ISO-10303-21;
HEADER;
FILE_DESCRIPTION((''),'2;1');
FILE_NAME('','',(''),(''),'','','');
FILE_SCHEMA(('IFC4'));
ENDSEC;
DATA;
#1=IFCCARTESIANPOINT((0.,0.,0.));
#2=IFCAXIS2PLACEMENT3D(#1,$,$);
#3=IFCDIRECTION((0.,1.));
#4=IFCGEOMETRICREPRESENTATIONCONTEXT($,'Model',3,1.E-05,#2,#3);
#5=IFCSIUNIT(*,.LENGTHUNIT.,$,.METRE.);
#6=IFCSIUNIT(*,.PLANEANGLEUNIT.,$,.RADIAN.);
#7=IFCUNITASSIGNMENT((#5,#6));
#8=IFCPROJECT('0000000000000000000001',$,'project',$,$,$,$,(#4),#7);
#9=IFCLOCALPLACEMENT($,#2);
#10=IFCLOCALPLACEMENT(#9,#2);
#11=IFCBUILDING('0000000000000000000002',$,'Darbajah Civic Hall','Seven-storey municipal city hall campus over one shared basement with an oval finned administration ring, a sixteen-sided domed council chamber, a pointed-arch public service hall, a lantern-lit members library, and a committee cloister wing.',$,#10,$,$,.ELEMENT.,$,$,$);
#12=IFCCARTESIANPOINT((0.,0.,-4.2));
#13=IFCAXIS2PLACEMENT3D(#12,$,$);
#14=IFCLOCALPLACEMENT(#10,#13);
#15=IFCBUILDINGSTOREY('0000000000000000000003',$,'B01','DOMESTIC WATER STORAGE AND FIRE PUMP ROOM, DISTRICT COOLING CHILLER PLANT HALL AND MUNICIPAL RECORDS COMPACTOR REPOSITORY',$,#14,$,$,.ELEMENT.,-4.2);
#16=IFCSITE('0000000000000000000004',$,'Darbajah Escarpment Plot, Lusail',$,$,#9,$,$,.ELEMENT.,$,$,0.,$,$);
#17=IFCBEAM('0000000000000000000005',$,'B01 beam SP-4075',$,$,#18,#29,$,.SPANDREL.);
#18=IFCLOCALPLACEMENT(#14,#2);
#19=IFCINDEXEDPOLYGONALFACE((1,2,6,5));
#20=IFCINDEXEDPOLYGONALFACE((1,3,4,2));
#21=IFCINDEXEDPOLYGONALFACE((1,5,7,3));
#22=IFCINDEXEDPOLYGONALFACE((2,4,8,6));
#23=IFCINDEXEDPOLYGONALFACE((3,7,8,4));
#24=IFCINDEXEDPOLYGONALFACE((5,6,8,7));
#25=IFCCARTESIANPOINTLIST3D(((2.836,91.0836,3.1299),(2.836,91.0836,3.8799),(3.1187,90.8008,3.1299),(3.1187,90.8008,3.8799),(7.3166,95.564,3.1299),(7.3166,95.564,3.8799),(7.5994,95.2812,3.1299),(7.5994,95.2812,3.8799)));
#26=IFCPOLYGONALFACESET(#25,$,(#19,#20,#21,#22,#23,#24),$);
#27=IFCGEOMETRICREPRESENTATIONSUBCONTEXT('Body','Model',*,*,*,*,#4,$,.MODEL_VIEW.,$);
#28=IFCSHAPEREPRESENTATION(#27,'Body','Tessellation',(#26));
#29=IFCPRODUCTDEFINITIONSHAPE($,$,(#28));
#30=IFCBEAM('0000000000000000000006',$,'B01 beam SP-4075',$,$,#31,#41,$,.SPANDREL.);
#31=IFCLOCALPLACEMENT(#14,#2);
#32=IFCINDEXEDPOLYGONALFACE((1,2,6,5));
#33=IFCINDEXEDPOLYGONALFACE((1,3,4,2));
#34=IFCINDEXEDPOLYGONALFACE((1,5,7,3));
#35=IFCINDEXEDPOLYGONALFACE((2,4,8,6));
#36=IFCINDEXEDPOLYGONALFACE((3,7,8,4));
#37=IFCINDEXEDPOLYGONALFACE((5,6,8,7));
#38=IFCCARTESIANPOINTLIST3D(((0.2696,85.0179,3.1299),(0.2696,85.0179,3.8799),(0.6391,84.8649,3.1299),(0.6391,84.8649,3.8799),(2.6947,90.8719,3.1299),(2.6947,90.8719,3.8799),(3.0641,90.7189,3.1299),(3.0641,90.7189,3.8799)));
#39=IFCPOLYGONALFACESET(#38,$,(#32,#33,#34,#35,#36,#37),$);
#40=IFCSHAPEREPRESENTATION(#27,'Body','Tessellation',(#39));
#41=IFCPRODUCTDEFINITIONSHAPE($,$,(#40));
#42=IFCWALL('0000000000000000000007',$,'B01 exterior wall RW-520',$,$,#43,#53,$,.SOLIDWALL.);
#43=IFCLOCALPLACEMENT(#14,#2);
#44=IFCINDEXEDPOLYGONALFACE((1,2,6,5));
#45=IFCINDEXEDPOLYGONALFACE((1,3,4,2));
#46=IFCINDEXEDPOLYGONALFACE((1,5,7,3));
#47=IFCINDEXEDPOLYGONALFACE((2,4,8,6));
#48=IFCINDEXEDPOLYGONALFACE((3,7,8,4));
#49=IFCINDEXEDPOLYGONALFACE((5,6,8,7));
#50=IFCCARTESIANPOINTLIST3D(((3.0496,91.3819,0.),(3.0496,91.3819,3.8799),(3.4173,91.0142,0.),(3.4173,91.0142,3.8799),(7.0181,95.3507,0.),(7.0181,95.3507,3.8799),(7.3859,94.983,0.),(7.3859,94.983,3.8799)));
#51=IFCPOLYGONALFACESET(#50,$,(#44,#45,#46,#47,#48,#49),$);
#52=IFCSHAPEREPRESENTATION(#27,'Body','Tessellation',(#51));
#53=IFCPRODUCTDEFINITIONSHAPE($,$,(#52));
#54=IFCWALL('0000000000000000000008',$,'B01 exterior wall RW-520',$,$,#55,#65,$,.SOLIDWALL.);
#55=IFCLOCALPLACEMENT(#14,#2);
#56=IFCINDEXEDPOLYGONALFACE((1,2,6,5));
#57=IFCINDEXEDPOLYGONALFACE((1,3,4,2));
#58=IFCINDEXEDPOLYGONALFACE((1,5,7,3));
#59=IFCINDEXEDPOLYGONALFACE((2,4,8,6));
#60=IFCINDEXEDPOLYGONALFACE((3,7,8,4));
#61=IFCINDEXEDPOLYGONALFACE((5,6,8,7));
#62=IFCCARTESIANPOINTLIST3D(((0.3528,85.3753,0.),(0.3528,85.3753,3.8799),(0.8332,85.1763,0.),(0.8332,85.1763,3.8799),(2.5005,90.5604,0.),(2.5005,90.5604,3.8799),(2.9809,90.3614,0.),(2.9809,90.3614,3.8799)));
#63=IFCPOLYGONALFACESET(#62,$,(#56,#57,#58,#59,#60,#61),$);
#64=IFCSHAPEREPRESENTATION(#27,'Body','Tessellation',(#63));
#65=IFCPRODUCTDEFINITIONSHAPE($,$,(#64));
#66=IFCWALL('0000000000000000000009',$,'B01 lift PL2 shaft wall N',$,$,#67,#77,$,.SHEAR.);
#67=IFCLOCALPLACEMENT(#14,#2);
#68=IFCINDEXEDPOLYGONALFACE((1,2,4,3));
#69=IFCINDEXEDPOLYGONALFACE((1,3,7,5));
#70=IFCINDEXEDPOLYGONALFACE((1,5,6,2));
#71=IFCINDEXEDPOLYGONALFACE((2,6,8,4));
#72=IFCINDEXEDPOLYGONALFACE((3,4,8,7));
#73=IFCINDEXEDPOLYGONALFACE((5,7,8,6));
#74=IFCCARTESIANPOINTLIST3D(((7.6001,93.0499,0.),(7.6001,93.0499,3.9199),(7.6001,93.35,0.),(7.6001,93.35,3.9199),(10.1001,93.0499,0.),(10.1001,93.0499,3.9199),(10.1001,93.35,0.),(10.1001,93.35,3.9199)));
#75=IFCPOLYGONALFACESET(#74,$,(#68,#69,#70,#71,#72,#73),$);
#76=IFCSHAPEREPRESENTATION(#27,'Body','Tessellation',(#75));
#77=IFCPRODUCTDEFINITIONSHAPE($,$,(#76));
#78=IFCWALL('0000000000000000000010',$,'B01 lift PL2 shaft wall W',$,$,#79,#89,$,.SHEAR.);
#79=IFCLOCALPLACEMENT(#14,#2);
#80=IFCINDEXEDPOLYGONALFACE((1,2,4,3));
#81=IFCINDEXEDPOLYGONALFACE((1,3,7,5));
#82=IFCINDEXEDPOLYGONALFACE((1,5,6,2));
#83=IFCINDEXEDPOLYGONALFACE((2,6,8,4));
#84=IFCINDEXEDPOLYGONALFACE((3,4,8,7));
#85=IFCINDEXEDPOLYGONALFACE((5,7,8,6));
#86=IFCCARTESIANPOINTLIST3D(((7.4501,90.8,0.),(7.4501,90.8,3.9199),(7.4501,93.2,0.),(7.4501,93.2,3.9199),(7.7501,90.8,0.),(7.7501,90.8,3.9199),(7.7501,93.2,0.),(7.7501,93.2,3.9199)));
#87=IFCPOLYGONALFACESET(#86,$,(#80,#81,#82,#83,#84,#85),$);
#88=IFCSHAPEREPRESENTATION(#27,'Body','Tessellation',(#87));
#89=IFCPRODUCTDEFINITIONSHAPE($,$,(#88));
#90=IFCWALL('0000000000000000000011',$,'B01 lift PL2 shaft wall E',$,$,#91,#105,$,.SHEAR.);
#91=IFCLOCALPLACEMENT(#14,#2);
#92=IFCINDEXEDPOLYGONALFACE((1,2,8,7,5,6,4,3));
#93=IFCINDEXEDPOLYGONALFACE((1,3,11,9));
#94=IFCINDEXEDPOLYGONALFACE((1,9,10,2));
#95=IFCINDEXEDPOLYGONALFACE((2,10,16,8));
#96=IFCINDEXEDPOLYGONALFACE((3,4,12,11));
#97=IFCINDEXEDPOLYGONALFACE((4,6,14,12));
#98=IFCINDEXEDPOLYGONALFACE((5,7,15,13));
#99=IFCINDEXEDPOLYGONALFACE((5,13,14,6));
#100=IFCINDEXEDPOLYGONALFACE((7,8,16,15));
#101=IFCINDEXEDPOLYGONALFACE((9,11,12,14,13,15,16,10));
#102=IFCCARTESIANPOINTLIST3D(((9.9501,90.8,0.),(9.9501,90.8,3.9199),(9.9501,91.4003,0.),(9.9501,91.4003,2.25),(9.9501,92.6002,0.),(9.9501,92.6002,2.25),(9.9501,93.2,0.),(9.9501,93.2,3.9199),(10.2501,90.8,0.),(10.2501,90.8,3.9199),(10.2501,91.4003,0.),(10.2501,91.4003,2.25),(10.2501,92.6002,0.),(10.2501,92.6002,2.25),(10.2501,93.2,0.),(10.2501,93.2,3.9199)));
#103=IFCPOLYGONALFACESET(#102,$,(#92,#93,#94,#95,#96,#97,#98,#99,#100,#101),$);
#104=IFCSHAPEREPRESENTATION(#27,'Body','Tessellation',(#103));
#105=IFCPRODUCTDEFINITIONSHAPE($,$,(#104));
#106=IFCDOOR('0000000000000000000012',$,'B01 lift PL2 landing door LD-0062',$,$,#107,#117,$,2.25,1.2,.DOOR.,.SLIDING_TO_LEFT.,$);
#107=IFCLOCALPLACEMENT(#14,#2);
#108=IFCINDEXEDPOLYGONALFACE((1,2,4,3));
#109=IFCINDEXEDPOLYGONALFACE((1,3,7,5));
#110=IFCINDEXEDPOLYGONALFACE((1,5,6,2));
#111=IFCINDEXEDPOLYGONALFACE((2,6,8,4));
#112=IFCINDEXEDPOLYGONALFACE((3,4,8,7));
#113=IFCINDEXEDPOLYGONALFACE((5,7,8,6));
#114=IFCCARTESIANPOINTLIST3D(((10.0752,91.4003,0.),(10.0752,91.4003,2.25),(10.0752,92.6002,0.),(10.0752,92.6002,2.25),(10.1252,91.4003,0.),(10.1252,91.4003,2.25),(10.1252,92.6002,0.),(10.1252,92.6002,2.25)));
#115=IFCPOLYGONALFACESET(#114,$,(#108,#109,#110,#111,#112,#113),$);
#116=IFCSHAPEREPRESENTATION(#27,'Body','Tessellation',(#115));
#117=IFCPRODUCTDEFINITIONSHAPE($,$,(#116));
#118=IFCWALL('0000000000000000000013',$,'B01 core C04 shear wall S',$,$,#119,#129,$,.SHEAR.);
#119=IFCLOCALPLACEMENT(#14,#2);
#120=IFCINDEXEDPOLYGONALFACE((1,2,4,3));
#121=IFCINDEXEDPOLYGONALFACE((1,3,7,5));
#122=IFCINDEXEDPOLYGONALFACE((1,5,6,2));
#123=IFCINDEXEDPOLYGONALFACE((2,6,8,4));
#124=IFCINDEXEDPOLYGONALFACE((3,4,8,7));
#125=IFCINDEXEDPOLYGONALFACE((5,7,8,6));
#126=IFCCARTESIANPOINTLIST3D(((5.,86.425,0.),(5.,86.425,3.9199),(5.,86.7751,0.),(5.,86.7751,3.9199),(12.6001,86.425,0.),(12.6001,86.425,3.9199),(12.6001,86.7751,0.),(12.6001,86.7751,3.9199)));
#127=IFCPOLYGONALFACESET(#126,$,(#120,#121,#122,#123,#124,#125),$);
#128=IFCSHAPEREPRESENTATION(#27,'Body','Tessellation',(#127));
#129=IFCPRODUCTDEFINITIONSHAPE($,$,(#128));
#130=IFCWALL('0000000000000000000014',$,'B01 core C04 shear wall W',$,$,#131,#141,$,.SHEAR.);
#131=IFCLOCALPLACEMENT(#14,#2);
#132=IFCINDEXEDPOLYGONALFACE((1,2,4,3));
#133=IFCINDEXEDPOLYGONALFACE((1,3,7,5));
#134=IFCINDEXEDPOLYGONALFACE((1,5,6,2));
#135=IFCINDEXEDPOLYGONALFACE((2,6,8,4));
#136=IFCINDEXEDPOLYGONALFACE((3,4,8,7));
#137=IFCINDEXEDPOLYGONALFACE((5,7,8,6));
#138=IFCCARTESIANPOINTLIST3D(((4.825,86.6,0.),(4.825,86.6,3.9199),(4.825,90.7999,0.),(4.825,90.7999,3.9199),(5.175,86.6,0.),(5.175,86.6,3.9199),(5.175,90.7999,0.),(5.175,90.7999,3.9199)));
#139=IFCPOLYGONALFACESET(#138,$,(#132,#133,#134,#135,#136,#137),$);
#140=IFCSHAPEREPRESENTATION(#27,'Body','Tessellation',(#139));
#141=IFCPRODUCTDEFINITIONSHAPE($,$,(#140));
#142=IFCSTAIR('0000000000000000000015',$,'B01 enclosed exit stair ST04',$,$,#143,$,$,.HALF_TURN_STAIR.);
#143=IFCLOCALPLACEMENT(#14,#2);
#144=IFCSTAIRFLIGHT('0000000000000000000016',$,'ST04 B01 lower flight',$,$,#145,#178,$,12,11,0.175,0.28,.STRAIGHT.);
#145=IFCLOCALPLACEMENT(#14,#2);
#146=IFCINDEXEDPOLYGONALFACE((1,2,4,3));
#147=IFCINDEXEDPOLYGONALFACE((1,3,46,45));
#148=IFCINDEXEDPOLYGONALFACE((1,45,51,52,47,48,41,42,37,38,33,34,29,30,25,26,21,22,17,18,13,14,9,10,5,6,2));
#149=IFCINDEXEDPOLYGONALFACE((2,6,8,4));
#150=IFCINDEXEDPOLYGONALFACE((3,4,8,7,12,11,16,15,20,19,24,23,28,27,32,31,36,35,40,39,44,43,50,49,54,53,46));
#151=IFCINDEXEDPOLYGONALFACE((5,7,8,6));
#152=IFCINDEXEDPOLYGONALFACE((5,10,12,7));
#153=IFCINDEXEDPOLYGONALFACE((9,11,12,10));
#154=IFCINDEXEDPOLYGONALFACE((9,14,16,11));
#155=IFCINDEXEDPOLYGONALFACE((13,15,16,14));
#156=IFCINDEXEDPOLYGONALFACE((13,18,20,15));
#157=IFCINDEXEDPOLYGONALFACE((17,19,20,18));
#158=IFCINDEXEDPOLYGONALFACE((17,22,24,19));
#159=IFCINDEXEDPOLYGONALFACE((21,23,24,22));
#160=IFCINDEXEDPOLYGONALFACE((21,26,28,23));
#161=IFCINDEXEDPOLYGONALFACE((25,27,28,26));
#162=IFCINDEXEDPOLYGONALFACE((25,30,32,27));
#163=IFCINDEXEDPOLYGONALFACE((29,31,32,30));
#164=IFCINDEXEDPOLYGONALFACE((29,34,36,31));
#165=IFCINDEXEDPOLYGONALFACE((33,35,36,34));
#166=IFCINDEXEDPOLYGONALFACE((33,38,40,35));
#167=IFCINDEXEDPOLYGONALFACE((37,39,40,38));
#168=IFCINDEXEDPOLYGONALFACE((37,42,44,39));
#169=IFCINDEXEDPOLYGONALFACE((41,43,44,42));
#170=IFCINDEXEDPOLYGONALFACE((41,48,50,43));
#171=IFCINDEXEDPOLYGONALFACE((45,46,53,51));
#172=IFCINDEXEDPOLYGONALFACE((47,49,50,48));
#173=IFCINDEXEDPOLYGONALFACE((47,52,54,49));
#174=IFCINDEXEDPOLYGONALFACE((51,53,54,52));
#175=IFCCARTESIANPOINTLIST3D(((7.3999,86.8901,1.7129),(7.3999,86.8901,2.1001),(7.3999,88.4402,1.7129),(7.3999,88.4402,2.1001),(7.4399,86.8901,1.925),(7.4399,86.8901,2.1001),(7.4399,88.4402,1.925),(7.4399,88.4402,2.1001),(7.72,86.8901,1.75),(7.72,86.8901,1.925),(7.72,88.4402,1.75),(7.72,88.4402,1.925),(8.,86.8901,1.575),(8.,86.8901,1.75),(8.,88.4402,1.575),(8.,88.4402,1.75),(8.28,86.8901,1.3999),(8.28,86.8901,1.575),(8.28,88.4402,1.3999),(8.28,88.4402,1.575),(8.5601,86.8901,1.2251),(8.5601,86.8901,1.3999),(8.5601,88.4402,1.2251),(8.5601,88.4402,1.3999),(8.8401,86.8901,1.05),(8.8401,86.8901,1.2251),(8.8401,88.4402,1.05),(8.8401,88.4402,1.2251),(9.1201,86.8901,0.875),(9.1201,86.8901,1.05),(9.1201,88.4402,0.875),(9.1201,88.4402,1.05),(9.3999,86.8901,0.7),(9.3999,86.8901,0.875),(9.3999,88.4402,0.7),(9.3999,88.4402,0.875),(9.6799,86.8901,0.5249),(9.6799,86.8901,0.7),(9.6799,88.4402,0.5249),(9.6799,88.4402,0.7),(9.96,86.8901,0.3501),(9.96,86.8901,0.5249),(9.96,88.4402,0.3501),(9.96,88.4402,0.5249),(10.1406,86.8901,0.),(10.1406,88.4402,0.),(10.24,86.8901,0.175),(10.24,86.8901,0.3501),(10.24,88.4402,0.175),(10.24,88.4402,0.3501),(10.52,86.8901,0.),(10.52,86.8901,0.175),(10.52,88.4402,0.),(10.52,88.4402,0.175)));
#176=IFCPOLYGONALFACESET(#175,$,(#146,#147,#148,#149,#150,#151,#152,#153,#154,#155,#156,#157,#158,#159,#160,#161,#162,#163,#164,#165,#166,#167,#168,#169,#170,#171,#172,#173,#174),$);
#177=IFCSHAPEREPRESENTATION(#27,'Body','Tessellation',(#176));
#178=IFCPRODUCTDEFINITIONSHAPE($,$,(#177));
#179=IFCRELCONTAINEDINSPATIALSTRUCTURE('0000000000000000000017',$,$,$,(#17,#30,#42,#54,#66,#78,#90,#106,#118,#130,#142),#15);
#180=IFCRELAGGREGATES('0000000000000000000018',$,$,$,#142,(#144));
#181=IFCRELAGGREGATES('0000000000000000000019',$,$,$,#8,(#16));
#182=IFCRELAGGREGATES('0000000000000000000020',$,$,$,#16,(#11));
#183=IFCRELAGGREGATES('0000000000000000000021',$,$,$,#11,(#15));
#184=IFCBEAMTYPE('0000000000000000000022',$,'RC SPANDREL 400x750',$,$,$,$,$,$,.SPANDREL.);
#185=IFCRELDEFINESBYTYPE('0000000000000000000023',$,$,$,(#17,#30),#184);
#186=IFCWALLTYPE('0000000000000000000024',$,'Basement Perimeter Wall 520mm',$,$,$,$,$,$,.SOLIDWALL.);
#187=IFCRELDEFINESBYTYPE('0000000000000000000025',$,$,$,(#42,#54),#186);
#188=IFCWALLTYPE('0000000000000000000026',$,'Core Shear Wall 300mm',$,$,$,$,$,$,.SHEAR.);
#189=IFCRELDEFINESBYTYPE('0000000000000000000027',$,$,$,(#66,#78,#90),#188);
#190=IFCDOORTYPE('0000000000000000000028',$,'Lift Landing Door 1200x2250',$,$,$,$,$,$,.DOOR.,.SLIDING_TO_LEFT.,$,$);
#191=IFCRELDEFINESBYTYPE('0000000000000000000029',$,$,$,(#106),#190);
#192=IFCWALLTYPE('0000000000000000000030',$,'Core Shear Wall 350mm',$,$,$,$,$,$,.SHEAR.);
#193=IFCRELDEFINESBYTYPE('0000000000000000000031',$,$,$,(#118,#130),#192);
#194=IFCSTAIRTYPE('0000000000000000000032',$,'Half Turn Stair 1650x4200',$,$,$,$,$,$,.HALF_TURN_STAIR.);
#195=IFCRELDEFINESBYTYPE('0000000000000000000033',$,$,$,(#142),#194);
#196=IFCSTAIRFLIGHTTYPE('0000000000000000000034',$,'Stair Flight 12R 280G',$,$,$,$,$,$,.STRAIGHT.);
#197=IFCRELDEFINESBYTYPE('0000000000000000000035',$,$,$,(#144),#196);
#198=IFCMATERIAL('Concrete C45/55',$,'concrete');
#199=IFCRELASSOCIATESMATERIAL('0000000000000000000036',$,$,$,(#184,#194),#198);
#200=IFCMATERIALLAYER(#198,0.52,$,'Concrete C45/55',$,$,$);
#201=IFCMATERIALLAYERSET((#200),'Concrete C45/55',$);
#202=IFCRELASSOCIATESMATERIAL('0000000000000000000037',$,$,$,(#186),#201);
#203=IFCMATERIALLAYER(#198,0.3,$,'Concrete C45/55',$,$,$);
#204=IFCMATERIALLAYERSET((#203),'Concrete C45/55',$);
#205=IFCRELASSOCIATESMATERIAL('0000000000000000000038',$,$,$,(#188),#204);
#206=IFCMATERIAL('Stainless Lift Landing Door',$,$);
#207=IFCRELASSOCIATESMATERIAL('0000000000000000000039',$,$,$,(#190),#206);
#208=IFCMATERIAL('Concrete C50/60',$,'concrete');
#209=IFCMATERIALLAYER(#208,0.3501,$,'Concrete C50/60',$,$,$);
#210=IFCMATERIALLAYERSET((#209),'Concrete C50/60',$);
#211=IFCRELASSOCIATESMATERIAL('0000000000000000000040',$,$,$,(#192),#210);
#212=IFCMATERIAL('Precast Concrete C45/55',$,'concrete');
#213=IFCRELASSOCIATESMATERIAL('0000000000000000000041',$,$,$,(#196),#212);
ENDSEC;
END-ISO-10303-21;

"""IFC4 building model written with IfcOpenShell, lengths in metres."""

from ifc_helpers import new_model, si_unit, direction, frame, frame_2d, origin, origin_2d, place, context, subcontext, project, spatial, polyline, rectangle, outline, extrude, material, layer, layer_set, material_profile, profile_set, type_object, element, fill, aggregate, save


model = new_model("IFC4")

# Units and contexts
model_context = context("Model", 3, precision=1e-05, world=origin(), true_north=direction((0.0, 1.0)))
body_context = subcontext(model_context, "Body", "Model", "MODEL_VIEW")
ifc_project = project(units=[si_unit("LENGTHUNIT", "METRE"), si_unit("PLANEANGLEUNIT", "RADIAN")], contexts=[model_context])

# Site, building, storey
site_placement = place(None, origin())
site = spatial("IfcSite", under=ifc_project, at=site_placement, Name="Darbajah Escarpment Plot, Lusail", CompositionType="ELEMENT", RefElevation=0.0)
building_placement = place(site_placement, origin())
building = spatial("IfcBuilding", under=site, at=building_placement, Name="Darbajah Civic Hall", Description="Seven-storey municipal city hall campus over one shared basement with an oval finned administration ring, a sixteen-sided domed council chamber, a pointed-arch public service hall, a lantern-lit members library, and a committee cloister wing.", CompositionType="ELEMENT")
storey_placement = place(building_placement, frame((0.0, 0.0, -4.2)))
storey = spatial("IfcBuildingStorey", under=building, at=storey_placement, Name="B01", Description="DOMESTIC WATER STORAGE AND FIRE PUMP ROOM, DISTRICT COOLING CHILLER PLANT HALL AND MUNICIPAL RECORDS COMPACTOR REPOSITORY", CompositionType="ELEMENT", Elevation=-4.2)

# Shared definitions
ifc_material_1 = material(Name="Concrete C45/55", Category="concrete")

# Shared definitions
ifc_material_2 = material(Name="Concrete C50/60", Category="concrete")

# Beams
ifc_material_profile_1 = material_profile(ifc_material_1, rectangle(XDim=0.3999, YDim=0.75, at=origin_2d()), Name="RC SPANDREL 400x750")
ifc_profile_set_1 = profile_set([ifc_material_profile_1], Name="Concrete C45/55")
beam_type_1 = type_object("IfcBeamType", Name="RC SPANDREL 400x750", PredefinedType="SPANDREL", material=ifc_profile_set_1)
for number, where, z_axis, x_axis, name in (
    (1, (7.458, 95.4226, 3.5049), (-0.707126, -0.707088, 0.0), (0.707088, -0.707126, 0.0), "B01 beam SP-4075"),
    (2, (2.8794, 90.7954, 3.5049), (-0.382716, -0.923866, 0.0), (0.923866, -0.382716, 0.0), "B01 beam SP-4075"),
):
    element("IfcBeam", number, at=place(storey_placement, frame(where, z_axis=z_axis, x_axis=x_axis)), inside=storey, type_object=beam_type_1, Name=name, PredefinedType="SPANDREL", context=body_context, shape_type="SweptSolid", body=[
        extrude(rectangle(XDim=0.3999, YDim=0.75, at=origin_2d()), origin(), (0.0, 0.0, 1.0), 6.3364),
    ])

# Walls
ifc_layer_1 = layer(ifc_material_1, 0.52, Name="Concrete C45/55")
ifc_layer_set_1 = layer_set([ifc_layer_1], Name="Concrete C45/55")
wall_type_1 = type_object("IfcWallType", Name="Basement Perimeter Wall 520mm", PredefinedType="SOLIDWALL", material=ifc_layer_set_1)
wall_1_placement = place(storey_placement, frame((7.2019, 95.1667, 0.0), z_axis=(0.0, 0.0, 1.0), x_axis=(-0.707085, -0.707129, 0.0)))
element("IfcWall", 3, at=wall_1_placement, inside=storey, type_object=wall_type_1, Name="B01 exterior wall RW-520", PredefinedType="SOLIDWALL", context=body_context, shape_type="SweptSolid", body=[
    extrude(rectangle(XDim=5.6125, YDim=0.52, at=frame_2d((2.8062, 0.0))), origin(), (0.0, 0.0, 1.0), 3.8799),
])
wall_2_placement = place(storey_placement, frame((2.7407, 90.4609, 0.0), z_axis=(0.0, 0.0, 1.0), x_axis=(-0.382681, -0.923881, 0.0)))
element("IfcWall", 4, at=wall_2_placement, inside=storey, type_object=wall_type_1, Name="B01 exterior wall RW-520", PredefinedType="SOLIDWALL", context=body_context, shape_type="SweptSolid", body=[
    extrude(rectangle(XDim=5.6123, YDim=0.52, at=frame_2d((2.8062, 0.0))), origin(), (0.0, 0.0, 1.0), 3.8799),
])
ifc_layer_2 = layer(ifc_material_1, 0.3, Name="Concrete C45/55")
ifc_layer_set_2 = layer_set([ifc_layer_2], Name="Concrete C45/55")
wall_type_2 = type_object("IfcWallType", Name="Core Shear Wall 300mm", PredefinedType="SHEAR", material=ifc_layer_set_2)
wall_3_placement = place(storey_placement, frame((10.1001, 93.2, 0.0), z_axis=(0.0, 0.0, 1.0), x_axis=(-1.0, 0.0, 0.0)))
element("IfcWall", 5, at=wall_3_placement, inside=storey, type_object=wall_type_2, Name="B01 lift PL2 shaft wall N", PredefinedType="SHEAR", context=body_context, shape_type="SweptSolid", body=[
    extrude(rectangle(XDim=2.5, YDim=0.3, at=frame_2d((1.25, 0.0))), origin(), (0.0, 0.0, 1.0), 3.9199),
])
wall_4_placement = place(storey_placement, frame((7.6001, 93.2, 0.0), z_axis=(0.0, 0.0, 1.0), x_axis=(0.0, -1.0, 0.0)))
element("IfcWall", 6, at=wall_4_placement, inside=storey, type_object=wall_type_2, Name="B01 lift PL2 shaft wall W", PredefinedType="SHEAR", context=body_context, shape_type="SweptSolid", body=[
    extrude(rectangle(XDim=2.3999, YDim=0.3, at=frame_2d((1.2, 0.0))), origin(), (0.0, 0.0, 1.0), 3.9199),
])

# Wall, opening, door
wall_5_placement = place(storey_placement, frame((10.1001, 90.8, 0.0), z_axis=(0.0, 0.0, 1.0), x_axis=(0.0, 1.0, 0.0)))
wall_5 = element("IfcWall", 7, at=wall_5_placement, inside=storey, type_object=wall_type_2, Name="B01 lift PL2 shaft wall E", PredefinedType="SHEAR", context=body_context, shape_type="SweptSolid", body=[
    extrude(rectangle(XDim=2.3999, YDim=0.3, at=frame_2d((1.2, 0.0))), origin(), (0.0, 0.0, 1.0), 3.9199),
])
opening_placement = place(wall_5_placement, frame((0.6001, 0.0, 0.0)))
opening = element("IfcOpeningElement", 8, at=opening_placement, cuts=wall_5, PredefinedType="OPENING", context=body_context, shape_type="SweptSolid", body=[
    extrude(rectangle(XDim=1.2, YDim=2.25, at=frame_2d((0.6001, 1.125))), frame((0.0, 0.1599, 0.0), z_axis=(0.0, -1.0, 0.0), x_axis=(1.0, 0.0, 0.0)), (0.0, 0.0, 1.0), 0.3201),
])
ifc_material_3 = material(Name="Stainless Lift Landing Door")
door_type = type_object("IfcDoorType", Name="Lift Landing Door 1200x2250", OperationType="SLIDING_TO_LEFT", PredefinedType="DOOR", material=ifc_material_3)
door_placement = place(opening_placement, origin())
door = element("IfcDoor", 9, at=door_placement, inside=storey, type_object=door_type, Name="B01 lift PL2 landing door LD-0062", OperationType="SLIDING_TO_LEFT", OverallHeight=2.25, OverallWidth=1.2, PredefinedType="DOOR", context=body_context, shape_type="SweptSolid", body=[
    extrude(rectangle(XDim=1.2, YDim=2.25, at=frame_2d((0.6001, 1.125))), frame((0.0, 0.0249, 0.0), z_axis=(0.0, -1.0, 0.0), x_axis=(1.0, 0.0, 0.0)), (0.0, 0.0, 1.0), 0.05),
])
fill(opening, door)

# Walls
ifc_layer_3 = layer(ifc_material_2, 0.3501, Name="Concrete C50/60")
ifc_layer_set_3 = layer_set([ifc_layer_3], Name="Concrete C50/60")
wall_type_3 = type_object("IfcWallType", Name="Core Shear Wall 350mm", PredefinedType="SHEAR", material=ifc_layer_set_3)
wall_6_placement = place(storey_placement, frame((5.0, 86.6001, 0.0), z_axis=(0.0, 0.0, 1.0), x_axis=(1.0, 0.0, 0.0)))
element("IfcWall", 10, at=wall_6_placement, inside=storey, type_object=wall_type_3, Name="B01 core C04 shear wall S", PredefinedType="SHEAR", context=body_context, shape_type="SweptSolid", body=[
    extrude(rectangle(XDim=7.6001, YDim=0.3501, at=frame_2d((3.8, 0.0))), origin(), (0.0, 0.0, 1.0), 3.9199),
])
wall_7_placement = place(storey_placement, frame((5.0, 90.8, 0.0), z_axis=(0.0, 0.0, 1.0), x_axis=(0.0, -1.0, 0.0)))
element("IfcWall", 11, at=wall_7_placement, inside=storey, type_object=wall_type_3, Name="B01 core C04 shear wall W", PredefinedType="SHEAR", context=body_context, shape_type="SweptSolid", body=[
    extrude(rectangle(XDim=4.2, YDim=0.3501, at=frame_2d((2.1001, 0.0))), origin(), (0.0, 0.0, 1.0), 3.9199),
])

# Stair, stair flight
stair_type = type_object("IfcStairType", Name="Half Turn Stair 1650x4200", PredefinedType="HALF_TURN_STAIR", material=ifc_material_1)
stair_placement = place(storey_placement, origin())
stair = element("IfcStair", 12, at=stair_placement, inside=storey, type_object=stair_type, Name="B01 enclosed exit stair ST04", PredefinedType="HALF_TURN_STAIR")
ifc_material_4 = material(Name="Precast Concrete C45/55", Category="concrete")
stair_flight_type = type_object("IfcStairFlightType", Name="Stair Flight 12R 280G", PredefinedType="STRAIGHT", material=ifc_material_4)
stair_flight_1_placement = place(storey_placement, frame((10.52, 87.665, 0.0), z_axis=(0.0, 0.0, 1.0), x_axis=(-1.0, 0.0, 0.0)))
stair_flight_1 = element("IfcStairFlight", 13, at=stair_flight_1_placement, type_object=stair_flight_type, Name="ST04 B01 lower flight", NumberOfRisers=12, NumberOfTreads=11, PredefinedType="STRAIGHT", RiserHeight=0.175, TreadLength=0.28, context=body_context, shape_type="SweptSolid", body=[
    extrude(outline(polyline([(0.0, 0.0), (0.0, 0.175), (0.28, 0.175), (0.28, 0.3501), (0.5601, 0.3501), (0.5601, 0.5249), (0.8401, 0.5249), (0.8401, 0.7), (1.1201, 0.7), (1.1201, 0.875), (1.3999, 0.875), (1.3999, 1.05), (1.6799, 1.05), (1.6799, 1.2251), (1.96, 1.2251), (1.96, 1.3999), (2.24, 1.3999), (2.24, 1.575), (2.52, 1.575), (2.52, 1.75), (2.8, 1.75), (2.8, 1.925), (3.0801, 1.925), (3.0801, 2.1001), (3.1201, 2.1001), (3.1201, 1.7129), (0.3794, 0.0), (0.0, 0.0)])), frame((0.0, 0.7749, 0.0), z_axis=(0.0, -1.0, 0.0), x_axis=(1.0, 0.0, 0.0)), (0.0, 0.0, 1.0), 1.55),
])
aggregate(stair, [stair_flight_1])

save(model, "model.ifc")
